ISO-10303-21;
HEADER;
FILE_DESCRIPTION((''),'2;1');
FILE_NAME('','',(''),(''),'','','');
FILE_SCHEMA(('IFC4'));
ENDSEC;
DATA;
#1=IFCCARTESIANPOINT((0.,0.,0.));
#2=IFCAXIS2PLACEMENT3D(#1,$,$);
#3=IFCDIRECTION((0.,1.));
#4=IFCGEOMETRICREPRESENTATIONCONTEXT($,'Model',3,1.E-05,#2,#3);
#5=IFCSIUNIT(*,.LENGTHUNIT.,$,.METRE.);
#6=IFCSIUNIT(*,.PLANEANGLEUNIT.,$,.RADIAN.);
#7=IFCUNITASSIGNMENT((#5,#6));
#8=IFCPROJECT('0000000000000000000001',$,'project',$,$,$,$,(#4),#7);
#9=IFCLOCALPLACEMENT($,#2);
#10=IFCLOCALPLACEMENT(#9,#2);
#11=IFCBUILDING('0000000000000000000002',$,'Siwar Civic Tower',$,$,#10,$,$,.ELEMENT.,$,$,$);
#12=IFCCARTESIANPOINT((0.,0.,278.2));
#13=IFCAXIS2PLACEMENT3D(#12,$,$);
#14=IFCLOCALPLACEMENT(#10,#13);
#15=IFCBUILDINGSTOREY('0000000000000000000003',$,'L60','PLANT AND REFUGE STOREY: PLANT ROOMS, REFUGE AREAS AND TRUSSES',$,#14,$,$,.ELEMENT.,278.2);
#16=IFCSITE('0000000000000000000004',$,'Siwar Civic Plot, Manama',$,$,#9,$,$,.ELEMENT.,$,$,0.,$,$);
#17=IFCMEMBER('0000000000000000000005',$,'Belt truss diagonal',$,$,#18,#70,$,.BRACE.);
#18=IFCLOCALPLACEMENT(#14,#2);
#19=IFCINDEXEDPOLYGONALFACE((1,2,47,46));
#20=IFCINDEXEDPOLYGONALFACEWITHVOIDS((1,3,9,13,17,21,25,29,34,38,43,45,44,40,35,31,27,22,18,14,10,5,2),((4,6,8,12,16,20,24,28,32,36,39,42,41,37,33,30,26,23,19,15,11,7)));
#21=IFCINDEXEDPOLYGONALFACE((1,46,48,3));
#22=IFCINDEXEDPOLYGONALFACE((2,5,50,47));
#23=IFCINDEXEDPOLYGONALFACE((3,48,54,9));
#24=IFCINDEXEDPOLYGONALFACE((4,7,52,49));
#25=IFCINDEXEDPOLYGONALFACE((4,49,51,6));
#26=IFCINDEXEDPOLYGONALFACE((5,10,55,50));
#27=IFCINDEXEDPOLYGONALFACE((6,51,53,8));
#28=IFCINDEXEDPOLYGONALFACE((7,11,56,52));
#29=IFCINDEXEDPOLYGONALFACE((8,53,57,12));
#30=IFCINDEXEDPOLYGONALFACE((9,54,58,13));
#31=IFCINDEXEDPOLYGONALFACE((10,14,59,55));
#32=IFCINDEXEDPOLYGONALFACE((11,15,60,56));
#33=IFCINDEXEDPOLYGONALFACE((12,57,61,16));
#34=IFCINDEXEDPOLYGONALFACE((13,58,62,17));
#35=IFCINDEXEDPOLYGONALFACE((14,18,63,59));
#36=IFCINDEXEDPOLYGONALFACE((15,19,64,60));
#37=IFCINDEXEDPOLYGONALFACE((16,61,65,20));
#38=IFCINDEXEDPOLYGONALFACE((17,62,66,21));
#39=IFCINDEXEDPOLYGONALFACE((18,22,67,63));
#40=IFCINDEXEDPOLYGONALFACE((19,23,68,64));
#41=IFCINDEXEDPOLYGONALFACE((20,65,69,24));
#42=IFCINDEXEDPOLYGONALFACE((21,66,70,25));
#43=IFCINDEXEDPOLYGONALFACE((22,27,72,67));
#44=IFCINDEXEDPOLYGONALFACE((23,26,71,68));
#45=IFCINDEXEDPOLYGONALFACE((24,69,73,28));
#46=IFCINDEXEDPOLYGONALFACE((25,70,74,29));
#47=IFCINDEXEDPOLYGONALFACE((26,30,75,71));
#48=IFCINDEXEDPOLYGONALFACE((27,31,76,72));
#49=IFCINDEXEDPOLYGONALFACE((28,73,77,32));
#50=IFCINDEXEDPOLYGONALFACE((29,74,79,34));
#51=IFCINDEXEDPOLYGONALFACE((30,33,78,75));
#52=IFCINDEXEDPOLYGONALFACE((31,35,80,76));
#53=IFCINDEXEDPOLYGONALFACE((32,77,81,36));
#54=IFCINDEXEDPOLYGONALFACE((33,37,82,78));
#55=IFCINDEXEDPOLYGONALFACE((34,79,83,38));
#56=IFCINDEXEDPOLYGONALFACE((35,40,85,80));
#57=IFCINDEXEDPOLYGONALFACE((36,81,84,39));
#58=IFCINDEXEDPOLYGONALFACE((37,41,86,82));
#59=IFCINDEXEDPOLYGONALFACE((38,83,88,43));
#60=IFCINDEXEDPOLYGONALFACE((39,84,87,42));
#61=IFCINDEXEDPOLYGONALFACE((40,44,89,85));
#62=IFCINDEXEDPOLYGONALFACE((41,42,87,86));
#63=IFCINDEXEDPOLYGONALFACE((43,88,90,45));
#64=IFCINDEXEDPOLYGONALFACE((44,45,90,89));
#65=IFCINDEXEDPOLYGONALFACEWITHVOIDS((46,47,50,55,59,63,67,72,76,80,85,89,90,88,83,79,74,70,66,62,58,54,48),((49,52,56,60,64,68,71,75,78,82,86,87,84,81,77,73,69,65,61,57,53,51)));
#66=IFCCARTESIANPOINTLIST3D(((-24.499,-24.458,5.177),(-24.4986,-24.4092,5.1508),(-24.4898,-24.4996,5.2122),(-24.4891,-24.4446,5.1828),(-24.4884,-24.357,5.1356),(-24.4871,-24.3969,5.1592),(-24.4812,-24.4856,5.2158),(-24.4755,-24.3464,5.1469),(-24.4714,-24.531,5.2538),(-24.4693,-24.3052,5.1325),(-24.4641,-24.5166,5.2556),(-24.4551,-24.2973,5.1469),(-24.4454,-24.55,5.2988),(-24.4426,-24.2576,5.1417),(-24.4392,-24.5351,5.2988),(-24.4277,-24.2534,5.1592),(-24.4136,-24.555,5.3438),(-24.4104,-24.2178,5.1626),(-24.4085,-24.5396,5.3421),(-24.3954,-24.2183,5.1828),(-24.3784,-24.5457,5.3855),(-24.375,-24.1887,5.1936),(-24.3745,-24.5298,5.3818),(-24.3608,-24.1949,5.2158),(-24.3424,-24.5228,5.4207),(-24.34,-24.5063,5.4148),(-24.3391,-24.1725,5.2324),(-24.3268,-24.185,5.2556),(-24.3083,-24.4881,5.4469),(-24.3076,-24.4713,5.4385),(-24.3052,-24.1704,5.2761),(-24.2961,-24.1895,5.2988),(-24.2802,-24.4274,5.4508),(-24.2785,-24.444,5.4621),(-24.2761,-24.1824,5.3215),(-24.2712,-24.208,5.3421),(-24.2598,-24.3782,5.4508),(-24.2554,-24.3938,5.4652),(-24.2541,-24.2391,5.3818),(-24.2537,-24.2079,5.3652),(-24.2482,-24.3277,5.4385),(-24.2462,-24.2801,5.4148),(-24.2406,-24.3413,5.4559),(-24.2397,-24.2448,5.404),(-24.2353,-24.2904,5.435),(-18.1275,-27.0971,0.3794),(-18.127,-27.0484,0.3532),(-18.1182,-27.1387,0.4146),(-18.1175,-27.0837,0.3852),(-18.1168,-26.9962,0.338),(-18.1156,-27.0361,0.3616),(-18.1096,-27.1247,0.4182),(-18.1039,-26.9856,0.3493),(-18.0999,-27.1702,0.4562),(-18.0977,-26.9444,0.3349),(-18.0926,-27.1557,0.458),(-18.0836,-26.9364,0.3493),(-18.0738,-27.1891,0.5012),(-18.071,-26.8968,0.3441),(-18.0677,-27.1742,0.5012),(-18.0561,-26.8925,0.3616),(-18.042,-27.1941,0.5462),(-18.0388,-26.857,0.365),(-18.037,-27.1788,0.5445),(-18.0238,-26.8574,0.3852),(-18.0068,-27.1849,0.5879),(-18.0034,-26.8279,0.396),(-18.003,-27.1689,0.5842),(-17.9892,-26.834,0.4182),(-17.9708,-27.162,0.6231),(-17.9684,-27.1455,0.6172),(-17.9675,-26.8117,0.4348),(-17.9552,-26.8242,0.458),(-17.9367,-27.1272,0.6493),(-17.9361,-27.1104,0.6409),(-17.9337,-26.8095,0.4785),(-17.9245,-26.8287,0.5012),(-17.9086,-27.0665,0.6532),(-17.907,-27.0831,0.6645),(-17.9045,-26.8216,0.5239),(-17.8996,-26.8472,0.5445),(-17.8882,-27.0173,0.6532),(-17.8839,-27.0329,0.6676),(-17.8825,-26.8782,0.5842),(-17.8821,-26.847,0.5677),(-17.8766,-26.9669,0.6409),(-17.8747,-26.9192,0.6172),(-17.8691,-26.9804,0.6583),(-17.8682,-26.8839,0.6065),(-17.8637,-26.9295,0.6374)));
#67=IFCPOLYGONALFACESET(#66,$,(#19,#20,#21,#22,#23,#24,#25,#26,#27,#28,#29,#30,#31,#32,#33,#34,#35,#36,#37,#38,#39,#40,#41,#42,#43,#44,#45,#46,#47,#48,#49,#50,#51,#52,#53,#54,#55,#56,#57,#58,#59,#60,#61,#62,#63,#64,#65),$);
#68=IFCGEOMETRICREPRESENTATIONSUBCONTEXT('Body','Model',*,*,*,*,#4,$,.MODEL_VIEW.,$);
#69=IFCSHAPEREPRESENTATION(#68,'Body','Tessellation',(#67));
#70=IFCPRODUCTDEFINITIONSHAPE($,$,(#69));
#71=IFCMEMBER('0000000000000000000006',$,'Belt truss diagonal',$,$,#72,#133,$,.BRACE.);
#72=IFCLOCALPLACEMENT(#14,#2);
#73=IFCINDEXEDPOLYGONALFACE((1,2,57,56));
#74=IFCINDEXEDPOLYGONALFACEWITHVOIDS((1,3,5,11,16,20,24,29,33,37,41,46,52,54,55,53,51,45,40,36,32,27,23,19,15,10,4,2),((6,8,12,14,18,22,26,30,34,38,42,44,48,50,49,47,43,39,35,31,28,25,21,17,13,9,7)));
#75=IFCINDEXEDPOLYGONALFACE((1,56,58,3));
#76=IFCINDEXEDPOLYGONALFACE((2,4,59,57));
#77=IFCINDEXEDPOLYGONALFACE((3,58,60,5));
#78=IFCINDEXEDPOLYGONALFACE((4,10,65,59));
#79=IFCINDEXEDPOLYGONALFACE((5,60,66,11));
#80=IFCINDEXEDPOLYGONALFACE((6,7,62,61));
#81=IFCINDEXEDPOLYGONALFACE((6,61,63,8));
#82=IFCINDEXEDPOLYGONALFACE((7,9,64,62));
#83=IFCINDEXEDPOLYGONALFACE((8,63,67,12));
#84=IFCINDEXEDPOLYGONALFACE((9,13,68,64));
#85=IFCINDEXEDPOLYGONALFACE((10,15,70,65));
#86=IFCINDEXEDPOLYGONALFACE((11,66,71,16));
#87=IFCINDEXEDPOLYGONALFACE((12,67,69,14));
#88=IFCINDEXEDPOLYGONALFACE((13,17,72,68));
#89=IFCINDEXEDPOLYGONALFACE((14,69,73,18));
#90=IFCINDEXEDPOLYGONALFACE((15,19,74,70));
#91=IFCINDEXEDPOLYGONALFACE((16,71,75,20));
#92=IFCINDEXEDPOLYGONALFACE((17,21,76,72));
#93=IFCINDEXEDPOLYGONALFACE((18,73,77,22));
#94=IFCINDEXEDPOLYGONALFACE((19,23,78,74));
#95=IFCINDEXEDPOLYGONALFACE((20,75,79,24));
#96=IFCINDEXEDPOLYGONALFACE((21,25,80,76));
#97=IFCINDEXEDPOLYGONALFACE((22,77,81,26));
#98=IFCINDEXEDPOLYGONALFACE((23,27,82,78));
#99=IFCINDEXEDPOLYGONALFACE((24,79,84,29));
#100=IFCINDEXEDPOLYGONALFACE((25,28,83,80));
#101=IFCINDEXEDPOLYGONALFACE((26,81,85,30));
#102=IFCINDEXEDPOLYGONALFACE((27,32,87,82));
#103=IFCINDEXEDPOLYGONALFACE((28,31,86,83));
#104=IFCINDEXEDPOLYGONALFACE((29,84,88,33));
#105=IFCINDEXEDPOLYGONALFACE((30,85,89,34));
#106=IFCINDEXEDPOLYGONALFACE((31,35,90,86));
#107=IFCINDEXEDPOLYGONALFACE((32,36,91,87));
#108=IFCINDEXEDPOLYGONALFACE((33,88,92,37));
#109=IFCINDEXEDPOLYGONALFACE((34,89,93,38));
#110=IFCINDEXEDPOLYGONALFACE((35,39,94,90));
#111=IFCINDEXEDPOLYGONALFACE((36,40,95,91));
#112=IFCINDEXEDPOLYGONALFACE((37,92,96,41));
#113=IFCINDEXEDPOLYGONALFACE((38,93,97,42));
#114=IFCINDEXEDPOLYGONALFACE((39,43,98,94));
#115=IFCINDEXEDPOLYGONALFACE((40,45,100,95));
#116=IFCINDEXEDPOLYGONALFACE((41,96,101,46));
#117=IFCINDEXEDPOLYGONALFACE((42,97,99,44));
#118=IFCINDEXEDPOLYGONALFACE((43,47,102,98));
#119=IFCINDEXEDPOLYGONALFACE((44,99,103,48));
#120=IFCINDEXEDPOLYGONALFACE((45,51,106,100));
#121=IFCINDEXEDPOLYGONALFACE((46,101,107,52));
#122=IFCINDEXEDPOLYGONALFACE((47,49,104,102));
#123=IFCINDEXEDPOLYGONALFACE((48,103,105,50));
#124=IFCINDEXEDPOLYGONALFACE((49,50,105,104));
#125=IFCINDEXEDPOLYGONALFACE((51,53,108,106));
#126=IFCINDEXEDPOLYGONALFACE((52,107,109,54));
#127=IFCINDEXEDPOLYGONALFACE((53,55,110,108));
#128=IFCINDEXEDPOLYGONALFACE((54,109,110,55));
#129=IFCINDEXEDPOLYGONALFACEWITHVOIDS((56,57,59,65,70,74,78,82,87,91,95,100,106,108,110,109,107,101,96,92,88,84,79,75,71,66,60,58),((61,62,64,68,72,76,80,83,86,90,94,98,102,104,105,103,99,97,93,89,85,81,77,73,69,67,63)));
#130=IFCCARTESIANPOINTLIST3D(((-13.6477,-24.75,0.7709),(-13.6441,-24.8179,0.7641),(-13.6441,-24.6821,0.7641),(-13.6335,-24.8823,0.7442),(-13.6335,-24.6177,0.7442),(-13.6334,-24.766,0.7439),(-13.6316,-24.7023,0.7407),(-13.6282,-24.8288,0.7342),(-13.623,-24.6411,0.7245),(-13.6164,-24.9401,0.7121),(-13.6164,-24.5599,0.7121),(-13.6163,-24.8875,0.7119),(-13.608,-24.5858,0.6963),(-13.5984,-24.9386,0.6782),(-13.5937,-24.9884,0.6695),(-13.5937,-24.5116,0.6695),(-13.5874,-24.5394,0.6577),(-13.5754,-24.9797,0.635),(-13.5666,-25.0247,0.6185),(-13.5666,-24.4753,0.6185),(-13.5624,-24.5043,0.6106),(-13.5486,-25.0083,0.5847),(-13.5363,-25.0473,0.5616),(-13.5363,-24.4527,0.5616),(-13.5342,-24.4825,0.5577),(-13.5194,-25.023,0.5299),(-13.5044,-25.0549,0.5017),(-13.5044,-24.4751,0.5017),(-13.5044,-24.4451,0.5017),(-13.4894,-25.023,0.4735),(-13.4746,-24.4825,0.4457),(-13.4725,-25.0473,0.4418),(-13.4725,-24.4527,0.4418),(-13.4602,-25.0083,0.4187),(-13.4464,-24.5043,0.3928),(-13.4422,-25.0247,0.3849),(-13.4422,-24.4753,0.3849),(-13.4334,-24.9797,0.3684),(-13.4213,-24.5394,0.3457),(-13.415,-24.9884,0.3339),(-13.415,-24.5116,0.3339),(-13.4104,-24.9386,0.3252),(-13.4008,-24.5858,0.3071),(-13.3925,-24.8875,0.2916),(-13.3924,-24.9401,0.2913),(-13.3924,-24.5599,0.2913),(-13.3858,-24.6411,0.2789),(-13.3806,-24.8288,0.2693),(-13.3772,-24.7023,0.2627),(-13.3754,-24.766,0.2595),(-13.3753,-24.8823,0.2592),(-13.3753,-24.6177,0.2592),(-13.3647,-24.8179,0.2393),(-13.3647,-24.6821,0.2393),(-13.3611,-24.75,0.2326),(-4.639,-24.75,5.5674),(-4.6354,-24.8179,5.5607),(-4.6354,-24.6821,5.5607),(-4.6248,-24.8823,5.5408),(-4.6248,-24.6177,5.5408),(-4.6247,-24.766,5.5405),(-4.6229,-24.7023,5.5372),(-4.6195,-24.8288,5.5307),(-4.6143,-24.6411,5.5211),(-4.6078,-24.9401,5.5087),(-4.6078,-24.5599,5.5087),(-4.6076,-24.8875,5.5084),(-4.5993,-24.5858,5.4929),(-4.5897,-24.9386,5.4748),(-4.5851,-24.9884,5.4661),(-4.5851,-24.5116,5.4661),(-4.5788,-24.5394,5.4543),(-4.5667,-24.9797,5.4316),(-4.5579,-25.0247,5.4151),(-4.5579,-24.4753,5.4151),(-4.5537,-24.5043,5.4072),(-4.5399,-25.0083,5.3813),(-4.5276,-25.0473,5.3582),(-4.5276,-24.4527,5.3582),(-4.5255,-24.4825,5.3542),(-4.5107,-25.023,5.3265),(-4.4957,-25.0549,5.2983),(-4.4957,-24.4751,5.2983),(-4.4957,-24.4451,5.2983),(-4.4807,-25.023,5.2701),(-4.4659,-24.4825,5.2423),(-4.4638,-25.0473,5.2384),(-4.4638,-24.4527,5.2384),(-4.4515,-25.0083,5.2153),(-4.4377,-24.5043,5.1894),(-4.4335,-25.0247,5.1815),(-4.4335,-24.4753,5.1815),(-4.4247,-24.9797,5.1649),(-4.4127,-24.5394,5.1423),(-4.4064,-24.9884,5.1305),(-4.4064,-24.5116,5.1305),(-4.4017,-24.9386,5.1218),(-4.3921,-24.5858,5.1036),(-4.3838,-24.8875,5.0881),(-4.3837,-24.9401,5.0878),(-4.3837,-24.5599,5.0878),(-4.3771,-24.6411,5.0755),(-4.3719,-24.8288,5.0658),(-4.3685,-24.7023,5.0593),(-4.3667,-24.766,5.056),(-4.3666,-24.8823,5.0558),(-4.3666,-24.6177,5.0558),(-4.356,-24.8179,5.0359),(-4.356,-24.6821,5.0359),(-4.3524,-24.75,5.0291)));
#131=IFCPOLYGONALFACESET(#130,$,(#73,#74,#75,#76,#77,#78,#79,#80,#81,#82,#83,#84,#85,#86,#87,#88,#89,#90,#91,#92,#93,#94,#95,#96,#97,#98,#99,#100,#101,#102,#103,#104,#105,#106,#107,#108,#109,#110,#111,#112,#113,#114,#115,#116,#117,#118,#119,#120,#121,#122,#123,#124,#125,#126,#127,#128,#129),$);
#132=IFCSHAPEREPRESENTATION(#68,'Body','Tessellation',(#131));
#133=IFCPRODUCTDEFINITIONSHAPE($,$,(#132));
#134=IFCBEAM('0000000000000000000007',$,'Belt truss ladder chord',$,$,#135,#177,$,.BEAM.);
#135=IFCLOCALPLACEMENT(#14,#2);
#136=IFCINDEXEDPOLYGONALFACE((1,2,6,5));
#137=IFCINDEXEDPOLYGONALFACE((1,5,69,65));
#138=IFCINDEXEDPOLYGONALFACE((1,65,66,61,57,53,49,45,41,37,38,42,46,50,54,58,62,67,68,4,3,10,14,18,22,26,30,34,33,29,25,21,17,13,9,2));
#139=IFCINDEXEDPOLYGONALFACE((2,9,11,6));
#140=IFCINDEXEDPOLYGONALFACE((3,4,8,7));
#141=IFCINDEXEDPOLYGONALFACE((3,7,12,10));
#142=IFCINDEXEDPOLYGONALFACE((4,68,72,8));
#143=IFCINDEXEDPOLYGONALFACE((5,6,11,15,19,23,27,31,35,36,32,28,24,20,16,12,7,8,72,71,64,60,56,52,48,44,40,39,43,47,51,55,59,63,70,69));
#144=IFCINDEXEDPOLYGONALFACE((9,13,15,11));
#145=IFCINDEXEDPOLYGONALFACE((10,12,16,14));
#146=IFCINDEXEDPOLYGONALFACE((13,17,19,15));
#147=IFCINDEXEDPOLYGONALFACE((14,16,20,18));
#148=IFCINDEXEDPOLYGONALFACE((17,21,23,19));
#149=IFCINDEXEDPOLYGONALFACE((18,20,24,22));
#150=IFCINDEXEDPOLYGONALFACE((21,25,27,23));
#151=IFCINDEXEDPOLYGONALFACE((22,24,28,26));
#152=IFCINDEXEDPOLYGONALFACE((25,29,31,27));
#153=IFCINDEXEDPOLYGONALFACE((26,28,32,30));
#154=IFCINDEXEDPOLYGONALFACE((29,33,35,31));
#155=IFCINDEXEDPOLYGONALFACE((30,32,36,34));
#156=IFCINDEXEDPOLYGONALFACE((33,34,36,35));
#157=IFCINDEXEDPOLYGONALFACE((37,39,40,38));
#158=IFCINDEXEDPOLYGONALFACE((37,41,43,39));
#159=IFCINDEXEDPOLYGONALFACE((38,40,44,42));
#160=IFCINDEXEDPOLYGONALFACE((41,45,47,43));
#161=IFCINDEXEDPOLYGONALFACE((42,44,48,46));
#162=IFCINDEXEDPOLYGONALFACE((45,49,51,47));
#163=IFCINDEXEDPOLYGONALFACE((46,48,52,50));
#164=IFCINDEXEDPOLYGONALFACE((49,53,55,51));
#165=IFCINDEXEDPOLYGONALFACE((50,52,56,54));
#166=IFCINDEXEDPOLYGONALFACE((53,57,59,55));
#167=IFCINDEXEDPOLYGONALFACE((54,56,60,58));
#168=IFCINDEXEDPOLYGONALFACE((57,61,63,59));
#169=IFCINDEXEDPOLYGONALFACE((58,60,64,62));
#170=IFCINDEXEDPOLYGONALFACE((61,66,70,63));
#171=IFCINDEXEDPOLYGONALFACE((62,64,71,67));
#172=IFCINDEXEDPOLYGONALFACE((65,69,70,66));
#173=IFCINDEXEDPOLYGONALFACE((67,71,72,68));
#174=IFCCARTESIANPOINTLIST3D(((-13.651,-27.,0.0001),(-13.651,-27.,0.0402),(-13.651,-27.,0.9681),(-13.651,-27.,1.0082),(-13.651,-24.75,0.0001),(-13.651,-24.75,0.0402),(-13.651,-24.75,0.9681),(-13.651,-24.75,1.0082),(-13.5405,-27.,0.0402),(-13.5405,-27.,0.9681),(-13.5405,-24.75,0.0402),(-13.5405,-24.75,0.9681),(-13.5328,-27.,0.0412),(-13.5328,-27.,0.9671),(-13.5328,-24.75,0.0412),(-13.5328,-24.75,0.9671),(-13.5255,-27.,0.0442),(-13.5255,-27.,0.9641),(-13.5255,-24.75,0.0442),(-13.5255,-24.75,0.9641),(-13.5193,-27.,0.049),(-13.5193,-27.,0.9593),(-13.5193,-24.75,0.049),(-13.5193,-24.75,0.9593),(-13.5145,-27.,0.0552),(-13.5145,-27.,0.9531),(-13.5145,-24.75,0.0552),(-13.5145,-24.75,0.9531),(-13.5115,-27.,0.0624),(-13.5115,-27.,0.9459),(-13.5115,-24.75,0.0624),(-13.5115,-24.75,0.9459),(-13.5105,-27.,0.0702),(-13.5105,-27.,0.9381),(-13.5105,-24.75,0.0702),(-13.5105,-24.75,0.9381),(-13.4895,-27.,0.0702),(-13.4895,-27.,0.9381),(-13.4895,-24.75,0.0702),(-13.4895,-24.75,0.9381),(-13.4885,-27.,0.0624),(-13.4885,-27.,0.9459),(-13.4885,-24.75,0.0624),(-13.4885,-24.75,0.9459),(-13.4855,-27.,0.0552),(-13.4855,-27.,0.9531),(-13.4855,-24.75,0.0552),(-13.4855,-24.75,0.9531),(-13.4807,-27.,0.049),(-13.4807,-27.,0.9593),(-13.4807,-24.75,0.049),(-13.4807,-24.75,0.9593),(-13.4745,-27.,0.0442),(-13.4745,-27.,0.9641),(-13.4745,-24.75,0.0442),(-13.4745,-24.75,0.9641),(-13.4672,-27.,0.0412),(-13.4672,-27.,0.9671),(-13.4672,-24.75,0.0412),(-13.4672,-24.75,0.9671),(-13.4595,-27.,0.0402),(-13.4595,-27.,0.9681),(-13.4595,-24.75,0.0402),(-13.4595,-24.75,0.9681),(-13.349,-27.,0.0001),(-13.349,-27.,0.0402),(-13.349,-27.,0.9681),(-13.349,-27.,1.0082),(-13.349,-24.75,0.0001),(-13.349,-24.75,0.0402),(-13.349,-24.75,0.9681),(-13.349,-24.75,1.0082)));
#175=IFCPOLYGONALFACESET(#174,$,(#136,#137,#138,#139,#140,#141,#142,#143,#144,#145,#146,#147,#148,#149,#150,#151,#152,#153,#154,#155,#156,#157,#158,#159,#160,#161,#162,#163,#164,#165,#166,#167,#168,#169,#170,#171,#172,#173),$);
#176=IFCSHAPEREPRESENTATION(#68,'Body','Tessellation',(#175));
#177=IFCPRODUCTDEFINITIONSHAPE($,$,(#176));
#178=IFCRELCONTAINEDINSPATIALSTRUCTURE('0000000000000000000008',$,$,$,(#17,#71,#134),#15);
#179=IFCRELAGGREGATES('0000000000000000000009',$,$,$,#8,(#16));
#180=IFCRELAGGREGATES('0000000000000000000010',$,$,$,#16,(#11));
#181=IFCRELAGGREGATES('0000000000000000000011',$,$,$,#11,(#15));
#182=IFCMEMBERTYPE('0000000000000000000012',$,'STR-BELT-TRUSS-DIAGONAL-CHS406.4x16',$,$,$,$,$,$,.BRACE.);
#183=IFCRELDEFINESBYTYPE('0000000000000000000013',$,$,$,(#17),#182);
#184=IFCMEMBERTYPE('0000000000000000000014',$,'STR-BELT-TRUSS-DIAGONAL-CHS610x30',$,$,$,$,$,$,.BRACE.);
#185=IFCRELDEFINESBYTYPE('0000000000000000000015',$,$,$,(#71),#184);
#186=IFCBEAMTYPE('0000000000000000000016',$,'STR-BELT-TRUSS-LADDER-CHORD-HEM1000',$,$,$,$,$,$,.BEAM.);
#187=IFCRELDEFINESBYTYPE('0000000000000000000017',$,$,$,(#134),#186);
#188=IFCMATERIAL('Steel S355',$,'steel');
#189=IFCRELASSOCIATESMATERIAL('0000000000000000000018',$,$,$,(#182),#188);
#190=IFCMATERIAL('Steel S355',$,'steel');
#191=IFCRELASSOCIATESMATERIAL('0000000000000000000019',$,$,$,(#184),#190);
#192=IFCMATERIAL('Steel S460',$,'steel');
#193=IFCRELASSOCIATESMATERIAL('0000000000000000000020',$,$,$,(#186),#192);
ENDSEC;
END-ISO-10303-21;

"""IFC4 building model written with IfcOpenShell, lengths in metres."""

from ifc_helpers import new_model, si_unit, direction, frame, origin, origin_2d, place, context, subcontext, project, spatial, hollow_circle, i_section, extrude, material, material_profile, profile_set, type_object, element, save


model = new_model("IFC4")

# Units and contexts
model_context = context("Model", 3, precision=1e-05, world=origin(), true_north=direction((0.0, 1.0)))
body_context = subcontext(model_context, "Body", "Model", "MODEL_VIEW")
ifc_project = project(units=[si_unit("LENGTHUNIT", "METRE"), si_unit("PLANEANGLEUNIT", "RADIAN")], contexts=[model_context])

# Site, building, storey
site_placement = place(None, origin())
site = spatial("IfcSite", under=ifc_project, at=site_placement, Name="Siwar Civic Plot, Manama", CompositionType="ELEMENT", RefElevation=0.0)
building_placement = place(site_placement, origin())
building = spatial("IfcBuilding", under=site, at=building_placement, Name="Siwar Civic Tower", CompositionType="ELEMENT")
storey_placement = place(building_placement, frame((0.0, 0.0, 278.2)))
storey = spatial("IfcBuildingStorey", under=building, at=storey_placement, Name="L60", Description="PLANT AND REFUGE STOREY: PLANT ROOMS, REFUGE AREAS AND TRUSSES", CompositionType="ELEMENT", Elevation=278.2)

# Members
ifc_material_1 = material(Name="Steel S355", Category="steel")
ifc_material_profile_1 = material_profile(ifc_material_1, hollow_circle(Radius=0.2031, WallThickness=0.0161, at=origin_2d()), Name="CHS406.4x16")
ifc_profile_set_1 = profile_set([ifc_material_profile_1], Name="Steel S355")
member_type_1 = type_object("IfcMemberType", Name="STR-BELT-TRUSS-DIAGONAL-CHS406.4x16", PredefinedType="BRACE", material=ifc_profile_set_1)
member_1_placement = place(storey_placement, frame((-17.9961, -27.0015, 0.5012), z_axis=(-0.758418, 0.314143, 0.571066), x_axis=(-0.382679, -0.923881, 0.0)))
element("IfcMember", 1, at=member_1_placement, inside=storey, type_object=member_type_1, Name="Belt truss diagonal", PredefinedType="BRACE", context=body_context, shape_type="SweptSolid", body=[
    extrude(hollow_circle(Radius=0.2031, WallThickness=0.0161, at=origin_2d()), origin(), (0.0, 0.0, 1.0), 8.4011),
])
ifc_material_2 = material(Name="Steel S355", Category="steel")
ifc_material_profile_2 = material_profile(ifc_material_2, hollow_circle(Radius=0.3049, WallThickness=0.03, at=origin_2d()), Name="CHS610x30")
ifc_profile_set_2 = profile_set([ifc_material_profile_2], Name="Steel S355")
member_type_2 = type_object("IfcMemberType", Name="STR-BELT-TRUSS-DIAGONAL-CHS610x30", PredefinedType="BRACE", material=ifc_profile_set_2)
member_2_placement = place(storey_placement, frame((-13.5044, -24.75, 0.5017), z_axis=(0.882681, 0.0, 0.469974), x_axis=(0.0, 1.0, 0.0)))
element("IfcMember", 2, at=member_2_placement, inside=storey, type_object=member_type_2, Name="Belt truss diagonal", PredefinedType="BRACE", context=body_context, shape_type="SweptSolid", body=[
    extrude(hollow_circle(Radius=0.3049, WallThickness=0.03, at=origin_2d()), origin(), (0.0, 0.0, 1.0), 10.2061),
])

# Beam
ifc_material_3 = material(Name="Steel S460", Category="steel")
ifc_material_profile_3 = material_profile(ifc_material_3, i_section(OverallWidth=0.302, OverallDepth=1.0081, WebThickness=0.021, FlangeThickness=0.04, FilletRadius=0.03, at=origin_2d()), Name="HEM1000")
ifc_profile_set_3 = profile_set([ifc_material_profile_3], Name="Steel S460")
beam_type_1 = type_object("IfcBeamType", Name="STR-BELT-TRUSS-LADDER-CHORD-HEM1000", PredefinedType="BEAM", material=ifc_profile_set_3)
for number, where, z_axis, x_axis, name in (
    (3, (-13.5, -24.75, 0.5042), (0.0, -1.0, 0.0), (1.0, 0.0, 0.0), "Belt truss ladder chord"),
):
    element("IfcBeam", number, at=place(storey_placement, frame(where, z_axis=z_axis, x_axis=x_axis)), inside=storey, type_object=beam_type_1, Name=name, PredefinedType="BEAM", context=body_context, shape_type="SweptSolid", body=[
        extrude(i_section(OverallWidth=0.302, OverallDepth=1.0081, WebThickness=0.021, FlangeThickness=0.04, FilletRadius=0.03, at=origin_2d()), origin(), (0.0, 0.0, 1.0), 2.25),
    ])

save(model, "model.ifc")
